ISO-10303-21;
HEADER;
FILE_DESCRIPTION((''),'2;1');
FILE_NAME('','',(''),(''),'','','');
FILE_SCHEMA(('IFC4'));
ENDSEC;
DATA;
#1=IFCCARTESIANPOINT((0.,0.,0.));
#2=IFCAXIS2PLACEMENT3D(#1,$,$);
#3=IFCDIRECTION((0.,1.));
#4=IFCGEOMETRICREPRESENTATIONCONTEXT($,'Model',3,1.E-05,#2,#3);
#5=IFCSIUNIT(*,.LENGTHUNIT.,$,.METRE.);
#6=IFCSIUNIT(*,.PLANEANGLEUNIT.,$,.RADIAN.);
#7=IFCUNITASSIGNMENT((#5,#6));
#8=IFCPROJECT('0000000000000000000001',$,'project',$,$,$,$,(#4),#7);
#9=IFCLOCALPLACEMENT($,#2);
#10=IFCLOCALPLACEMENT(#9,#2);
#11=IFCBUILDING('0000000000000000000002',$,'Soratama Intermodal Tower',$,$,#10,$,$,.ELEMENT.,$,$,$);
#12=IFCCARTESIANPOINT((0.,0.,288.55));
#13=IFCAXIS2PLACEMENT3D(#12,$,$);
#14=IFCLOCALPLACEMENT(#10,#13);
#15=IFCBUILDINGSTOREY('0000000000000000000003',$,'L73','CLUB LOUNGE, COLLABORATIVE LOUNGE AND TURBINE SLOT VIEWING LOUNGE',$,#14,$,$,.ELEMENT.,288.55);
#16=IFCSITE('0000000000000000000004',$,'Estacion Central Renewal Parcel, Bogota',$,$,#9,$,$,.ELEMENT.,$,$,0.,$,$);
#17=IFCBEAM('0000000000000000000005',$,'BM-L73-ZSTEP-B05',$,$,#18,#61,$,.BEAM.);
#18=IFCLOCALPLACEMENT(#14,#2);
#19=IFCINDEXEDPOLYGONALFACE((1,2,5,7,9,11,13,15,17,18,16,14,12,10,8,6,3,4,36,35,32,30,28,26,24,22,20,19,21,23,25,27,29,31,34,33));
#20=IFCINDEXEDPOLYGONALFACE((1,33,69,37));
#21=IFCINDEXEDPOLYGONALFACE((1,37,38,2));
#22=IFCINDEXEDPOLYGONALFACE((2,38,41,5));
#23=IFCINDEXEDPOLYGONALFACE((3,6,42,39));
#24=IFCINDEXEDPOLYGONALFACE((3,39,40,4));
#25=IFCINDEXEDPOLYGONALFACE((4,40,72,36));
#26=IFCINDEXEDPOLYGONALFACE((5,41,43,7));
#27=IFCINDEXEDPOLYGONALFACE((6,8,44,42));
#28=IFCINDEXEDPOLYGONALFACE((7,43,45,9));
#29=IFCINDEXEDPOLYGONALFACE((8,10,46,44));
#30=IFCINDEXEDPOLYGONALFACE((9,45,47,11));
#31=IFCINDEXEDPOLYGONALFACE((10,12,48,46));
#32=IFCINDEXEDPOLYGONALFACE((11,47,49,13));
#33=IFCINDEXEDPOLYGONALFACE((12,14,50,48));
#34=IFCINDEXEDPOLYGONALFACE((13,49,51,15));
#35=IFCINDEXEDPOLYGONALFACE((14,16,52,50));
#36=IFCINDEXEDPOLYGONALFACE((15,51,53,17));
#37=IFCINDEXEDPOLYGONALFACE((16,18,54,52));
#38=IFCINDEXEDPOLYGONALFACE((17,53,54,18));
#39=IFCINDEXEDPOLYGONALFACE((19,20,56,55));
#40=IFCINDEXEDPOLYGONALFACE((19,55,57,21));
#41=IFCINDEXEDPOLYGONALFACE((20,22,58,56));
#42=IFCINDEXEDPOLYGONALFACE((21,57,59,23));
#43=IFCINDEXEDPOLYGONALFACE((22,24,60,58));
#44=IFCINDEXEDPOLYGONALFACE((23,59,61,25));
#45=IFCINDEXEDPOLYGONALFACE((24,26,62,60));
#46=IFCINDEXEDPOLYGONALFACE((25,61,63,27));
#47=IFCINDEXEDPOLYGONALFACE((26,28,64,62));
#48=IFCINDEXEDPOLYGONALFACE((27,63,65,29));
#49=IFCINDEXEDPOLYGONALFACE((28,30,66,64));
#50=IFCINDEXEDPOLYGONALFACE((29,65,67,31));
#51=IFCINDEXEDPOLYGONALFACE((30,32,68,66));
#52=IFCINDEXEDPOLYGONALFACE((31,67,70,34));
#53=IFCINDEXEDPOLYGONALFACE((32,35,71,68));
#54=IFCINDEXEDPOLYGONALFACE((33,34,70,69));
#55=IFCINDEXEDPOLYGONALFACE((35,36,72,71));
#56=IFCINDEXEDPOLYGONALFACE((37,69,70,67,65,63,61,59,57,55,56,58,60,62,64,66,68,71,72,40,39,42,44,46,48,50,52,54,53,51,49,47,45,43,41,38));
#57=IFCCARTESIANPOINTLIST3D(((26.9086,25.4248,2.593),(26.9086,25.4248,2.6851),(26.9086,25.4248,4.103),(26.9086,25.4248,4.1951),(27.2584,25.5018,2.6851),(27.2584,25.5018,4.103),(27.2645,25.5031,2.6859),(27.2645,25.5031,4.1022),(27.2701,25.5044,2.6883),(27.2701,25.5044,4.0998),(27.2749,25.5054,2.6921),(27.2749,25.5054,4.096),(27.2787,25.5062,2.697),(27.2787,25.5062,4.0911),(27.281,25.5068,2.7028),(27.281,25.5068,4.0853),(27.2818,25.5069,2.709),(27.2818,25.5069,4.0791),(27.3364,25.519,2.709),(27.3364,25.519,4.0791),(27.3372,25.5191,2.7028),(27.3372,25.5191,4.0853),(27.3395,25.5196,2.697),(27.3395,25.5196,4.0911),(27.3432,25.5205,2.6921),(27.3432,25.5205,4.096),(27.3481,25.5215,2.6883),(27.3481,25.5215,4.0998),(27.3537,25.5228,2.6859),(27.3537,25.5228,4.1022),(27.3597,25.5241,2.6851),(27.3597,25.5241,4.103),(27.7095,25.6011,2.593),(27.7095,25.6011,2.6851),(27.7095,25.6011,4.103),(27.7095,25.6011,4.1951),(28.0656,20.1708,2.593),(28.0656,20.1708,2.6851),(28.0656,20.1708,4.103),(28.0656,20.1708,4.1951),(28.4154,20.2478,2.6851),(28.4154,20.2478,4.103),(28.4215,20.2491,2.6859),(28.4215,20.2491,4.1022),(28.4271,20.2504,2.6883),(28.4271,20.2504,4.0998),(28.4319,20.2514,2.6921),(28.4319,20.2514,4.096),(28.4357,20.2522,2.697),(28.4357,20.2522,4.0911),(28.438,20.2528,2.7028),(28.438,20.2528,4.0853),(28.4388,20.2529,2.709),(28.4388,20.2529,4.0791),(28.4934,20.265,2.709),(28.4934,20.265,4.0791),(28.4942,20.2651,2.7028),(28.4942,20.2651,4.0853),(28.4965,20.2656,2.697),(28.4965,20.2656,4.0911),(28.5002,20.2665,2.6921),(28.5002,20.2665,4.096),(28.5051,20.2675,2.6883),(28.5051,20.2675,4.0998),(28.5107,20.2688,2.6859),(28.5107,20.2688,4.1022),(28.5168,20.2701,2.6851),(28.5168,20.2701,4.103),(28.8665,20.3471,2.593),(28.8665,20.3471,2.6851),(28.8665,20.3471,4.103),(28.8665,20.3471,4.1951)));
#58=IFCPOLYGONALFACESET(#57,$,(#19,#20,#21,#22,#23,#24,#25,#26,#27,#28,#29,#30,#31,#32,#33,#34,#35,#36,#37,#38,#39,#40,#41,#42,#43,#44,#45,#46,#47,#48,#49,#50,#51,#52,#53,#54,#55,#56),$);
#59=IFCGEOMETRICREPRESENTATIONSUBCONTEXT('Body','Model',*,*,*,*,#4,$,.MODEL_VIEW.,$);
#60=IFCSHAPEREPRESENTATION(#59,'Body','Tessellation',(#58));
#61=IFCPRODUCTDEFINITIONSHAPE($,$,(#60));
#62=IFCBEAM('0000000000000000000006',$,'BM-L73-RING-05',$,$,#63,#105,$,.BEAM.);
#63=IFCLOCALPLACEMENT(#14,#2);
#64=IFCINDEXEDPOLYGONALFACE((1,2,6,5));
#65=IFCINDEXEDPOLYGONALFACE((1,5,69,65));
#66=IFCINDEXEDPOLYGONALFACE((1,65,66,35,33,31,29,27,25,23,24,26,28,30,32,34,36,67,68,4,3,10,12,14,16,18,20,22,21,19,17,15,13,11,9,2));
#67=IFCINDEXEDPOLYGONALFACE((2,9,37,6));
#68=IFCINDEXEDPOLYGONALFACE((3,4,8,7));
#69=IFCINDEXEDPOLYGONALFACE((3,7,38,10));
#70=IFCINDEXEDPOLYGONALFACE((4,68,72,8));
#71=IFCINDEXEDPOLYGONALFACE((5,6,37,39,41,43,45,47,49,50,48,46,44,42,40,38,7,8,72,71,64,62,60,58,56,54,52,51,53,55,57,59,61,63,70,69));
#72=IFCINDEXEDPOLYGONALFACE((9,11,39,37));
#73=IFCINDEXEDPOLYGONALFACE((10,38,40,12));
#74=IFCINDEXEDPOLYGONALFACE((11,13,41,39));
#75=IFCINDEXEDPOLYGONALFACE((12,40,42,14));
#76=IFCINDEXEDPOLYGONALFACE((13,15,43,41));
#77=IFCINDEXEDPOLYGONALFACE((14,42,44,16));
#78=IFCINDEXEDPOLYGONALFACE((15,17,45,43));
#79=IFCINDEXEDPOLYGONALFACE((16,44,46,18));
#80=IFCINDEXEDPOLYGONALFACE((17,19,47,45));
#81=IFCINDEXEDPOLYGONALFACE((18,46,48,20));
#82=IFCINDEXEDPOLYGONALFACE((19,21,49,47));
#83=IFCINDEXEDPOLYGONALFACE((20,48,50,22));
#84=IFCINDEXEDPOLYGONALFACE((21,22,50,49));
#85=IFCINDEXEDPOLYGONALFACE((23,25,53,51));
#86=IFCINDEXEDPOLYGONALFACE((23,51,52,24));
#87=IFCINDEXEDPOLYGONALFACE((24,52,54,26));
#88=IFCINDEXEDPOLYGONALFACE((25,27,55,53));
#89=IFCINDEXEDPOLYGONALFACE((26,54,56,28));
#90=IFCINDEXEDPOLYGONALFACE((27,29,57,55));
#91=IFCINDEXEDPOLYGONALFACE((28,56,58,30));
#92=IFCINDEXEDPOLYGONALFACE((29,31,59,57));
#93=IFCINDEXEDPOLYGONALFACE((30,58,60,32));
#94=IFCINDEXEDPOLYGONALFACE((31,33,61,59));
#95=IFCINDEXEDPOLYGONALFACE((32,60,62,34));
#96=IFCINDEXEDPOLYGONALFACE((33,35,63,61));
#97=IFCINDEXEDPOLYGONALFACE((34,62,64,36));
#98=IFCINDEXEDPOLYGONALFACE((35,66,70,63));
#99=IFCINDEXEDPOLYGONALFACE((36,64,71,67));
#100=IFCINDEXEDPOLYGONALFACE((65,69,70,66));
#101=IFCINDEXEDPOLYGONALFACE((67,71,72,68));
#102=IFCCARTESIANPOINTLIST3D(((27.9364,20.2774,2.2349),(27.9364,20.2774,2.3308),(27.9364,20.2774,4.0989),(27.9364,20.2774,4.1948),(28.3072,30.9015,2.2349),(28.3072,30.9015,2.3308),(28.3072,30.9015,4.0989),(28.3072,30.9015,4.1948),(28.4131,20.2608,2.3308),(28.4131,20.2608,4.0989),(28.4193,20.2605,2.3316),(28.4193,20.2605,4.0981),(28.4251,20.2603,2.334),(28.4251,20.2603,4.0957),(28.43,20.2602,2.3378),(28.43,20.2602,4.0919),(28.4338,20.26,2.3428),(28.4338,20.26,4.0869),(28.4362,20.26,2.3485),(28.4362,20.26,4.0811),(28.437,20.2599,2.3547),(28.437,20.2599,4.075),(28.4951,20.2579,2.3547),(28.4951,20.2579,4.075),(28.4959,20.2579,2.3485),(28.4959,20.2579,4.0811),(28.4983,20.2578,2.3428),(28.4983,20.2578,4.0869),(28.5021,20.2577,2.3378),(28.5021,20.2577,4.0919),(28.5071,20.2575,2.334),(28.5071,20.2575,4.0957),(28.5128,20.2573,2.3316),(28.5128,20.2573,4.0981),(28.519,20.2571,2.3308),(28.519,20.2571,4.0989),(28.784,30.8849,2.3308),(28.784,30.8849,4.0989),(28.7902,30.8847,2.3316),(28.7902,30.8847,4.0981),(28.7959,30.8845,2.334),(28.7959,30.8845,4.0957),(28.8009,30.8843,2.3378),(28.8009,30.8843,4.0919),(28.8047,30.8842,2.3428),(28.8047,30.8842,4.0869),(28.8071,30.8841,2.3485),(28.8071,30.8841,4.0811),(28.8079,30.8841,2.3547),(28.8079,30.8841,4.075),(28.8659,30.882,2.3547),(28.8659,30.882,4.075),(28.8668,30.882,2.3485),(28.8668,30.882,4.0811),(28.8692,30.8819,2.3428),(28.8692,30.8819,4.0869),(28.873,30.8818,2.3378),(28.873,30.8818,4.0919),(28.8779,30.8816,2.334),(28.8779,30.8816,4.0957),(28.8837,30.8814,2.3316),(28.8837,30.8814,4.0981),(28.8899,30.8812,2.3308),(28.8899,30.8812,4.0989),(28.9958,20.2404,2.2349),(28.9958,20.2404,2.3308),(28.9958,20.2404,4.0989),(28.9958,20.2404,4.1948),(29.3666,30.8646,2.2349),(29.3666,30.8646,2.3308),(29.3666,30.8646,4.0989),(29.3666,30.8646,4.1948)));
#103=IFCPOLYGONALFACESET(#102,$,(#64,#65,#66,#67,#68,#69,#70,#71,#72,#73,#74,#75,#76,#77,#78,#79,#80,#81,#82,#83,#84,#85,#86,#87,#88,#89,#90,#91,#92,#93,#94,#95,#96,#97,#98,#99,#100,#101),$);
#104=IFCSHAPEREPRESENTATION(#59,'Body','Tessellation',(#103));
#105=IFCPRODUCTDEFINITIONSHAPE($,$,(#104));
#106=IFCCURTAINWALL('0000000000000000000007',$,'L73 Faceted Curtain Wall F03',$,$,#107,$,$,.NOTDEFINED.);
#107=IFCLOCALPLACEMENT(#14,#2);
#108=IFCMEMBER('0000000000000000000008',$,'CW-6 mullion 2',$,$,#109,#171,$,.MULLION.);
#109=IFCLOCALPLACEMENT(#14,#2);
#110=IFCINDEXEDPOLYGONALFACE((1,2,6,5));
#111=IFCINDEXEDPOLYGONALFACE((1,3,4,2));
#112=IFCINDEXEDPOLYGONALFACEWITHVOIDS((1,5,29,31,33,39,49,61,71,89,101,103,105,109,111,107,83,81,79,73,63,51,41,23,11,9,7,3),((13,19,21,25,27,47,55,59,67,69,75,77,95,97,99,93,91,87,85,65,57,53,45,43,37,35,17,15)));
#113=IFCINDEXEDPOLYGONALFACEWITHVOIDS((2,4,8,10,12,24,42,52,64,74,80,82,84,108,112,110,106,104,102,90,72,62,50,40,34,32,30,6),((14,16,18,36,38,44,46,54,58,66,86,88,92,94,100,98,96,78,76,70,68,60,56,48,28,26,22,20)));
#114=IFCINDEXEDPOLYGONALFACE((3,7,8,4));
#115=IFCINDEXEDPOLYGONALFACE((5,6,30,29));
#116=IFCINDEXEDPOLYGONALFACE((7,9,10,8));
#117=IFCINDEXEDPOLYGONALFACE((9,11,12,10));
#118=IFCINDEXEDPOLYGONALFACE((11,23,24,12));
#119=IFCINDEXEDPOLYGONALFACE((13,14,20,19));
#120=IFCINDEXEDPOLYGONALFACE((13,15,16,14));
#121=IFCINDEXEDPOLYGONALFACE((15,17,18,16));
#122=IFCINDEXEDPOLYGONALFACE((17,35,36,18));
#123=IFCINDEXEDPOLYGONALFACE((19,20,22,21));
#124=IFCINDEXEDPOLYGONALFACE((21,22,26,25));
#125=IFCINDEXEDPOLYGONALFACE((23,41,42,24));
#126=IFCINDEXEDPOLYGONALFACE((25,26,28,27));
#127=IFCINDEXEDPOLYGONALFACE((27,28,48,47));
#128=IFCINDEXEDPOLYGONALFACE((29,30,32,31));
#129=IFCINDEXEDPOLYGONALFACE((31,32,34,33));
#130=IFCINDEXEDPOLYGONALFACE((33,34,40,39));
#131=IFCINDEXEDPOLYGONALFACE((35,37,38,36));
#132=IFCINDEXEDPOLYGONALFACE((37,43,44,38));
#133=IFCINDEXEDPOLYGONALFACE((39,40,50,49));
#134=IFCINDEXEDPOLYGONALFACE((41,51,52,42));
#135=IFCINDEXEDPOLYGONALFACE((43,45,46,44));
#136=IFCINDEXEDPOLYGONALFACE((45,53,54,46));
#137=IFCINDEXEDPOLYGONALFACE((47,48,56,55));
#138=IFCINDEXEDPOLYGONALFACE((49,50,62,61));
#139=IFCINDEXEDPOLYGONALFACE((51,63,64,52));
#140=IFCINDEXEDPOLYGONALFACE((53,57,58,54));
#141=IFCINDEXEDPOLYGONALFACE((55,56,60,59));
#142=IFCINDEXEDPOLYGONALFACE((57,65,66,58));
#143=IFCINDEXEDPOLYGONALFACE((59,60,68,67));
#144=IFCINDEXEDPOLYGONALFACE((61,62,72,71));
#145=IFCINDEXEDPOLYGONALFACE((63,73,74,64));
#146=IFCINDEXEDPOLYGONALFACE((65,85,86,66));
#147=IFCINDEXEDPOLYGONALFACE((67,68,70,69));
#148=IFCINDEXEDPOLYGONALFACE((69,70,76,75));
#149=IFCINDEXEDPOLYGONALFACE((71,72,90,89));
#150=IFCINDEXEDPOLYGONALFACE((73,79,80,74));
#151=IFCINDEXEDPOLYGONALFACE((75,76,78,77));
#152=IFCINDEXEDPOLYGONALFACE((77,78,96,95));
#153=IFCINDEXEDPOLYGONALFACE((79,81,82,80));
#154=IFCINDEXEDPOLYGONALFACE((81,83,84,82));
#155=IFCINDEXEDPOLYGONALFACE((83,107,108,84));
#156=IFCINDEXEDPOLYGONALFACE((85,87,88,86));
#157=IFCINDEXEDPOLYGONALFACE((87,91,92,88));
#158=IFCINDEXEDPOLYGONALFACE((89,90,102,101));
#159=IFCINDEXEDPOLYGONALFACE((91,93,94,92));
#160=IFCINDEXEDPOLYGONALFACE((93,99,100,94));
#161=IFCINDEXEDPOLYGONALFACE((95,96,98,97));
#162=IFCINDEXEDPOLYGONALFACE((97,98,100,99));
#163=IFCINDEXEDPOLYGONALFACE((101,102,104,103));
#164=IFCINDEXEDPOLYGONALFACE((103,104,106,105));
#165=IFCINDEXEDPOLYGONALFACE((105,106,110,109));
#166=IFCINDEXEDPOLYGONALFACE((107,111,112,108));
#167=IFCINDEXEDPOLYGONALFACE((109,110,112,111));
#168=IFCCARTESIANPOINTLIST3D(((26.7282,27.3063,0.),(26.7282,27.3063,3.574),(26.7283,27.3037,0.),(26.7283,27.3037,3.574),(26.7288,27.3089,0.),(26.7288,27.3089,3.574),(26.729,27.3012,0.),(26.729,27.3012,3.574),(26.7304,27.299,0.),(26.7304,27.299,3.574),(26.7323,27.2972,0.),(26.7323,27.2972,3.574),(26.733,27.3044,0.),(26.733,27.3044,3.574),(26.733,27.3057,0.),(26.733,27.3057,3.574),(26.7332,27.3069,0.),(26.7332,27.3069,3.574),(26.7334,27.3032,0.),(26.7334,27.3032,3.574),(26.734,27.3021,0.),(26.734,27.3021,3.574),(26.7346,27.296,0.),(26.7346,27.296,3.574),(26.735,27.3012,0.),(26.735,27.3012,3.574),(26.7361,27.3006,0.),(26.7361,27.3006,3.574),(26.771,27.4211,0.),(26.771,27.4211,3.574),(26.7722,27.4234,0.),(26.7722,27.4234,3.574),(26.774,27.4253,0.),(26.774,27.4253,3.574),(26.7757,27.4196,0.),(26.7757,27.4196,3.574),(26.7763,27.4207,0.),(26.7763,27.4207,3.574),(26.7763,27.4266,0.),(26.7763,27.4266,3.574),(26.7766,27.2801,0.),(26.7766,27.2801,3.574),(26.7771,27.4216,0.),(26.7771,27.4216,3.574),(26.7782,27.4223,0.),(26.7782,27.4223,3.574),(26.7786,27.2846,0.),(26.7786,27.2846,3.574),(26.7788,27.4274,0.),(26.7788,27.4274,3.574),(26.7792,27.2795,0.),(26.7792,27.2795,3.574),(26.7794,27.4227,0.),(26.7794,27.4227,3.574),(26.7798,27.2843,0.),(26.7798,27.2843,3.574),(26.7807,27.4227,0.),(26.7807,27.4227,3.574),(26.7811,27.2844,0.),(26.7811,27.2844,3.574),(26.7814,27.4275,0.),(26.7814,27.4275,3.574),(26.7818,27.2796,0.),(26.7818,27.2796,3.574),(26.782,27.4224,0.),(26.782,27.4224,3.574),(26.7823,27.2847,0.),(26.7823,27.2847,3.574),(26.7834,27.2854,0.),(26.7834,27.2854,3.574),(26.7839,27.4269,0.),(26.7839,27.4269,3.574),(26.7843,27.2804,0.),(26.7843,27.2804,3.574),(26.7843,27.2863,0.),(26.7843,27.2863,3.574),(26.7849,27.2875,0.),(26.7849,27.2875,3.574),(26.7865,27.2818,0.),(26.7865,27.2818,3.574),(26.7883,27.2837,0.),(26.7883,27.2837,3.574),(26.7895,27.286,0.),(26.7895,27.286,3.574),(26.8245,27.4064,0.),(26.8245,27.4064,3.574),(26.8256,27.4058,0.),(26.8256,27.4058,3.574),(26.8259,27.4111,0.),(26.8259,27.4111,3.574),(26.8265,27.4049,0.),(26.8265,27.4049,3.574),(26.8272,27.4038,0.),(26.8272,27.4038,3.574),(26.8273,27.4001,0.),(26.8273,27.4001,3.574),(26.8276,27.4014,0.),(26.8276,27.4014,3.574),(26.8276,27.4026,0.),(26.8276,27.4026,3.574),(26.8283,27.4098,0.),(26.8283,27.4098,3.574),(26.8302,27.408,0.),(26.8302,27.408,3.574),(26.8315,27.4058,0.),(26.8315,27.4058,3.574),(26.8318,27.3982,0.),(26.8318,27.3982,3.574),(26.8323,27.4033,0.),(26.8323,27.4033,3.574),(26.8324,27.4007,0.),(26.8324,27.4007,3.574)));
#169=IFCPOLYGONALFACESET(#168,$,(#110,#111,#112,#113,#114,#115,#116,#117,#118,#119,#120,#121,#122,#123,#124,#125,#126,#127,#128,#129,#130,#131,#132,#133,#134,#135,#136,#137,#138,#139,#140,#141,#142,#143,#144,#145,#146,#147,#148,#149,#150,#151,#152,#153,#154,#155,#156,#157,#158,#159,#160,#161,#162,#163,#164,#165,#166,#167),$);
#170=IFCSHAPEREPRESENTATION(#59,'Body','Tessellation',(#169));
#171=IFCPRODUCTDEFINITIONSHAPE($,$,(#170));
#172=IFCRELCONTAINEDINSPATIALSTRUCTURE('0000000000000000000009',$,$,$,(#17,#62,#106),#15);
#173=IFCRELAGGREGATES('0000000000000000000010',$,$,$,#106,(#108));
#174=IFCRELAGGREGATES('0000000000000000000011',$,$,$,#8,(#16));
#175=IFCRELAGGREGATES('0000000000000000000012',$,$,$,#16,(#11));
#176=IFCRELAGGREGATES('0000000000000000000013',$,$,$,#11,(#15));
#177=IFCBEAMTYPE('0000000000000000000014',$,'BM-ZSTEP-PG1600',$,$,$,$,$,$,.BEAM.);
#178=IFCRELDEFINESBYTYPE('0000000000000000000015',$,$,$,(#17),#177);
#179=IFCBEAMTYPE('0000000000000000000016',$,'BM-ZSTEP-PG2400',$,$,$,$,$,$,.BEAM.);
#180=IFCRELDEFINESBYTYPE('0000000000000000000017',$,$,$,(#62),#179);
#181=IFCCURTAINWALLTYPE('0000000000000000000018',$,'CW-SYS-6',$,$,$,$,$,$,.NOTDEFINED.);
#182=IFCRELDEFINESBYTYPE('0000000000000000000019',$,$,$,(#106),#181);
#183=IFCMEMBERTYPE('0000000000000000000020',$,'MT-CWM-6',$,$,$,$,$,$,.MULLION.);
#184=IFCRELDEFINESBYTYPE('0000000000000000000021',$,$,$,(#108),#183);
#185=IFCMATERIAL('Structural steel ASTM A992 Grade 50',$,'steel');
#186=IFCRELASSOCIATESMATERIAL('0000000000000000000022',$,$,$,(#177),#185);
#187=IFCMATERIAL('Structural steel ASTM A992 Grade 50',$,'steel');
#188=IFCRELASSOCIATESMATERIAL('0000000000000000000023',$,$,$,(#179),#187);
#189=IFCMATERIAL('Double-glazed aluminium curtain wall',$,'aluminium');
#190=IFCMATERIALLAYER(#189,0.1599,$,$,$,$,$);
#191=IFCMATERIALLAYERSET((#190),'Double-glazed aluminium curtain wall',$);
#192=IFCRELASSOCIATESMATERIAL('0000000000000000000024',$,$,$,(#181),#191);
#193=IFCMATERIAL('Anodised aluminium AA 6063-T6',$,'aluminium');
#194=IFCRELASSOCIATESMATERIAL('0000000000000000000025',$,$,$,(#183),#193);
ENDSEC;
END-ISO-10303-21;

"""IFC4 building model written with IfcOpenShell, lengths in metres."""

from ifc_helpers import new_model, si_unit, direction, frame, origin, origin_2d, place, context, subcontext, project, spatial, hollow_rectangle, i_section, extrude, material, layer, layer_set, material_profile, profile_set, type_object, element, aggregate, save


model = new_model("IFC4")

# Units and contexts
model_context = context("Model", 3, precision=1e-05, world=origin(), true_north=direction((0.0, 1.0)))
body_context = subcontext(model_context, "Body", "Model", "MODEL_VIEW")
ifc_project = project(units=[si_unit("LENGTHUNIT", "METRE"), si_unit("PLANEANGLEUNIT", "RADIAN")], contexts=[model_context])

# Site, building, storey
site_placement = place(None, origin())
site = spatial("IfcSite", under=ifc_project, at=site_placement, Name="Estacion Central Renewal Parcel, Bogota", CompositionType="ELEMENT", RefElevation=0.0)
building_placement = place(site_placement, origin())
building = spatial("IfcBuilding", under=site, at=building_placement, Name="Soratama Intermodal Tower", CompositionType="ELEMENT")
storey_placement = place(building_placement, frame((0.0, 0.0, 288.55)))
storey = spatial("IfcBuildingStorey", under=building, at=storey_placement, Name="L73", Description="CLUB LOUNGE, COLLABORATIVE LOUNGE AND TURBINE SLOT VIEWING LOUNGE", CompositionType="ELEMENT", Elevation=288.55)

# Beams
ifc_material_1 = material(Name="Structural steel ASTM A992 Grade 50", Category="steel")
ifc_material_profile_1 = material_profile(ifc_material_1, i_section(OverallWidth=0.8201, OverallDepth=1.6021, WebThickness=0.0559, FlangeThickness=0.092, FilletRadius=0.0239, at=origin_2d()), Name="PG1600X650")
ifc_profile_set_1 = profile_set([ifc_material_profile_1], Name="Structural steel ASTM A992 Grade 50")
beam_type_1 = type_object("IfcBeamType", Name="BM-ZSTEP-PG1600", PredefinedType="BEAM", material=ifc_profile_set_1)
beam_1_placement = place(storey_placement, frame((27.3091, 25.5129, 3.394), z_axis=(0.215061, -0.976601, 0.0), x_axis=(0.976601, 0.215061, 0.0)))
element("IfcBeam", 1, at=beam_1_placement, inside=storey, type_object=beam_type_1, Name="BM-L73-ZSTEP-B05", PredefinedType="BEAM", context=body_context, shape_type="SweptSolid", body=[
    extrude(i_section(OverallWidth=0.8201, OverallDepth=1.6021, WebThickness=0.0559, FlangeThickness=0.092, FilletRadius=0.0239, at=origin_2d()), origin(), (0.0, 0.0, 1.0), 5.3799),
])
ifc_material_2 = material(Name="Structural steel ASTM A992 Grade 50", Category="steel")
ifc_material_profile_2 = material_profile(ifc_material_2, i_section(OverallWidth=1.0601, OverallDepth=1.96, WebThickness=0.0581, FlangeThickness=0.0959, FilletRadius=0.0239, at=origin_2d()), Name="PG2400X900")
ifc_profile_set_2 = profile_set([ifc_material_profile_2], Name="Structural steel ASTM A992 Grade 50")
beam_type_2 = type_object("IfcBeamType", Name="BM-ZSTEP-PG2400", PredefinedType="BEAM", material=ifc_profile_set_2)
beam_2_placement = place(storey_placement, frame((28.8369, 30.8831, 3.2148), z_axis=(-0.034885, -0.999391, 0.0), x_axis=(0.999391, -0.034885, 0.0)))
element("IfcBeam", 2, at=beam_2_placement, inside=storey, type_object=beam_type_2, Name="BM-L73-RING-05", PredefinedType="BEAM", context=body_context, shape_type="SweptSolid", body=[
    extrude(i_section(OverallWidth=1.0601, OverallDepth=1.96, WebThickness=0.0581, FlangeThickness=0.0959, FilletRadius=0.0239, at=origin_2d()), origin(), (0.0, 0.0, 1.0), 10.6306),
])

# Curtain wall, member
ifc_material_3 = material(Name="Double-glazed aluminium curtain wall", Category="aluminium")
ifc_layer_1 = layer(ifc_material_3, 0.1599)
ifc_layer_set_1 = layer_set([ifc_layer_1], Name="Double-glazed aluminium curtain wall")
curtain_wall_type = type_object("IfcCurtainWallType", Name="CW-SYS-6", PredefinedType="NOTDEFINED", material=ifc_layer_set_1)
curtain_wall_1_placement = place(storey_placement, origin())
curtain_wall_1 = element("IfcCurtainWall", 3, at=curtain_wall_1_placement, inside=storey, type_object=curtain_wall_type, Name="L73 Faceted Curtain Wall F03", PredefinedType="NOTDEFINED")
ifc_material_4 = material(Name="Anodised aluminium AA 6063-T6", Category="aluminium")
ifc_material_profile_3 = material_profile(ifc_material_4, hollow_rectangle(XDim=0.0649, YDim=0.1399, WallThickness=0.0049, InnerFilletRadius=0.0049, OuterFilletRadius=0.01, at=origin_2d()), Name="CWM140X65X5")
ifc_profile_set_3 = profile_set([ifc_material_profile_3], Name="Anodised aluminium AA 6063-T6")
member_type_1 = type_object("IfcMemberType", Name="MT-CWM-6", PredefinedType="MULLION", material=ifc_profile_set_3)
member_1_placement = place(storey_placement, frame((26.7803, 27.3535, 0.0), z_axis=(0.0, 0.0, 1.0), x_axis=(0.935812, -0.352499, 0.0)))
member_1 = element("IfcMember", 4, at=member_1_placement, type_object=member_type_1, Name="CW-6 mullion 2", PredefinedType="MULLION", context=body_context, shape_type="SweptSolid", body=[
    extrude(hollow_rectangle(XDim=0.0649, YDim=0.1399, WallThickness=0.0049, InnerFilletRadius=0.0049, OuterFilletRadius=0.01, at=origin_2d()), origin(), (0.0, 0.0, 1.0), 3.574),
])

aggregate(curtain_wall_1, [member_1])

save(model, "model.ifc")
